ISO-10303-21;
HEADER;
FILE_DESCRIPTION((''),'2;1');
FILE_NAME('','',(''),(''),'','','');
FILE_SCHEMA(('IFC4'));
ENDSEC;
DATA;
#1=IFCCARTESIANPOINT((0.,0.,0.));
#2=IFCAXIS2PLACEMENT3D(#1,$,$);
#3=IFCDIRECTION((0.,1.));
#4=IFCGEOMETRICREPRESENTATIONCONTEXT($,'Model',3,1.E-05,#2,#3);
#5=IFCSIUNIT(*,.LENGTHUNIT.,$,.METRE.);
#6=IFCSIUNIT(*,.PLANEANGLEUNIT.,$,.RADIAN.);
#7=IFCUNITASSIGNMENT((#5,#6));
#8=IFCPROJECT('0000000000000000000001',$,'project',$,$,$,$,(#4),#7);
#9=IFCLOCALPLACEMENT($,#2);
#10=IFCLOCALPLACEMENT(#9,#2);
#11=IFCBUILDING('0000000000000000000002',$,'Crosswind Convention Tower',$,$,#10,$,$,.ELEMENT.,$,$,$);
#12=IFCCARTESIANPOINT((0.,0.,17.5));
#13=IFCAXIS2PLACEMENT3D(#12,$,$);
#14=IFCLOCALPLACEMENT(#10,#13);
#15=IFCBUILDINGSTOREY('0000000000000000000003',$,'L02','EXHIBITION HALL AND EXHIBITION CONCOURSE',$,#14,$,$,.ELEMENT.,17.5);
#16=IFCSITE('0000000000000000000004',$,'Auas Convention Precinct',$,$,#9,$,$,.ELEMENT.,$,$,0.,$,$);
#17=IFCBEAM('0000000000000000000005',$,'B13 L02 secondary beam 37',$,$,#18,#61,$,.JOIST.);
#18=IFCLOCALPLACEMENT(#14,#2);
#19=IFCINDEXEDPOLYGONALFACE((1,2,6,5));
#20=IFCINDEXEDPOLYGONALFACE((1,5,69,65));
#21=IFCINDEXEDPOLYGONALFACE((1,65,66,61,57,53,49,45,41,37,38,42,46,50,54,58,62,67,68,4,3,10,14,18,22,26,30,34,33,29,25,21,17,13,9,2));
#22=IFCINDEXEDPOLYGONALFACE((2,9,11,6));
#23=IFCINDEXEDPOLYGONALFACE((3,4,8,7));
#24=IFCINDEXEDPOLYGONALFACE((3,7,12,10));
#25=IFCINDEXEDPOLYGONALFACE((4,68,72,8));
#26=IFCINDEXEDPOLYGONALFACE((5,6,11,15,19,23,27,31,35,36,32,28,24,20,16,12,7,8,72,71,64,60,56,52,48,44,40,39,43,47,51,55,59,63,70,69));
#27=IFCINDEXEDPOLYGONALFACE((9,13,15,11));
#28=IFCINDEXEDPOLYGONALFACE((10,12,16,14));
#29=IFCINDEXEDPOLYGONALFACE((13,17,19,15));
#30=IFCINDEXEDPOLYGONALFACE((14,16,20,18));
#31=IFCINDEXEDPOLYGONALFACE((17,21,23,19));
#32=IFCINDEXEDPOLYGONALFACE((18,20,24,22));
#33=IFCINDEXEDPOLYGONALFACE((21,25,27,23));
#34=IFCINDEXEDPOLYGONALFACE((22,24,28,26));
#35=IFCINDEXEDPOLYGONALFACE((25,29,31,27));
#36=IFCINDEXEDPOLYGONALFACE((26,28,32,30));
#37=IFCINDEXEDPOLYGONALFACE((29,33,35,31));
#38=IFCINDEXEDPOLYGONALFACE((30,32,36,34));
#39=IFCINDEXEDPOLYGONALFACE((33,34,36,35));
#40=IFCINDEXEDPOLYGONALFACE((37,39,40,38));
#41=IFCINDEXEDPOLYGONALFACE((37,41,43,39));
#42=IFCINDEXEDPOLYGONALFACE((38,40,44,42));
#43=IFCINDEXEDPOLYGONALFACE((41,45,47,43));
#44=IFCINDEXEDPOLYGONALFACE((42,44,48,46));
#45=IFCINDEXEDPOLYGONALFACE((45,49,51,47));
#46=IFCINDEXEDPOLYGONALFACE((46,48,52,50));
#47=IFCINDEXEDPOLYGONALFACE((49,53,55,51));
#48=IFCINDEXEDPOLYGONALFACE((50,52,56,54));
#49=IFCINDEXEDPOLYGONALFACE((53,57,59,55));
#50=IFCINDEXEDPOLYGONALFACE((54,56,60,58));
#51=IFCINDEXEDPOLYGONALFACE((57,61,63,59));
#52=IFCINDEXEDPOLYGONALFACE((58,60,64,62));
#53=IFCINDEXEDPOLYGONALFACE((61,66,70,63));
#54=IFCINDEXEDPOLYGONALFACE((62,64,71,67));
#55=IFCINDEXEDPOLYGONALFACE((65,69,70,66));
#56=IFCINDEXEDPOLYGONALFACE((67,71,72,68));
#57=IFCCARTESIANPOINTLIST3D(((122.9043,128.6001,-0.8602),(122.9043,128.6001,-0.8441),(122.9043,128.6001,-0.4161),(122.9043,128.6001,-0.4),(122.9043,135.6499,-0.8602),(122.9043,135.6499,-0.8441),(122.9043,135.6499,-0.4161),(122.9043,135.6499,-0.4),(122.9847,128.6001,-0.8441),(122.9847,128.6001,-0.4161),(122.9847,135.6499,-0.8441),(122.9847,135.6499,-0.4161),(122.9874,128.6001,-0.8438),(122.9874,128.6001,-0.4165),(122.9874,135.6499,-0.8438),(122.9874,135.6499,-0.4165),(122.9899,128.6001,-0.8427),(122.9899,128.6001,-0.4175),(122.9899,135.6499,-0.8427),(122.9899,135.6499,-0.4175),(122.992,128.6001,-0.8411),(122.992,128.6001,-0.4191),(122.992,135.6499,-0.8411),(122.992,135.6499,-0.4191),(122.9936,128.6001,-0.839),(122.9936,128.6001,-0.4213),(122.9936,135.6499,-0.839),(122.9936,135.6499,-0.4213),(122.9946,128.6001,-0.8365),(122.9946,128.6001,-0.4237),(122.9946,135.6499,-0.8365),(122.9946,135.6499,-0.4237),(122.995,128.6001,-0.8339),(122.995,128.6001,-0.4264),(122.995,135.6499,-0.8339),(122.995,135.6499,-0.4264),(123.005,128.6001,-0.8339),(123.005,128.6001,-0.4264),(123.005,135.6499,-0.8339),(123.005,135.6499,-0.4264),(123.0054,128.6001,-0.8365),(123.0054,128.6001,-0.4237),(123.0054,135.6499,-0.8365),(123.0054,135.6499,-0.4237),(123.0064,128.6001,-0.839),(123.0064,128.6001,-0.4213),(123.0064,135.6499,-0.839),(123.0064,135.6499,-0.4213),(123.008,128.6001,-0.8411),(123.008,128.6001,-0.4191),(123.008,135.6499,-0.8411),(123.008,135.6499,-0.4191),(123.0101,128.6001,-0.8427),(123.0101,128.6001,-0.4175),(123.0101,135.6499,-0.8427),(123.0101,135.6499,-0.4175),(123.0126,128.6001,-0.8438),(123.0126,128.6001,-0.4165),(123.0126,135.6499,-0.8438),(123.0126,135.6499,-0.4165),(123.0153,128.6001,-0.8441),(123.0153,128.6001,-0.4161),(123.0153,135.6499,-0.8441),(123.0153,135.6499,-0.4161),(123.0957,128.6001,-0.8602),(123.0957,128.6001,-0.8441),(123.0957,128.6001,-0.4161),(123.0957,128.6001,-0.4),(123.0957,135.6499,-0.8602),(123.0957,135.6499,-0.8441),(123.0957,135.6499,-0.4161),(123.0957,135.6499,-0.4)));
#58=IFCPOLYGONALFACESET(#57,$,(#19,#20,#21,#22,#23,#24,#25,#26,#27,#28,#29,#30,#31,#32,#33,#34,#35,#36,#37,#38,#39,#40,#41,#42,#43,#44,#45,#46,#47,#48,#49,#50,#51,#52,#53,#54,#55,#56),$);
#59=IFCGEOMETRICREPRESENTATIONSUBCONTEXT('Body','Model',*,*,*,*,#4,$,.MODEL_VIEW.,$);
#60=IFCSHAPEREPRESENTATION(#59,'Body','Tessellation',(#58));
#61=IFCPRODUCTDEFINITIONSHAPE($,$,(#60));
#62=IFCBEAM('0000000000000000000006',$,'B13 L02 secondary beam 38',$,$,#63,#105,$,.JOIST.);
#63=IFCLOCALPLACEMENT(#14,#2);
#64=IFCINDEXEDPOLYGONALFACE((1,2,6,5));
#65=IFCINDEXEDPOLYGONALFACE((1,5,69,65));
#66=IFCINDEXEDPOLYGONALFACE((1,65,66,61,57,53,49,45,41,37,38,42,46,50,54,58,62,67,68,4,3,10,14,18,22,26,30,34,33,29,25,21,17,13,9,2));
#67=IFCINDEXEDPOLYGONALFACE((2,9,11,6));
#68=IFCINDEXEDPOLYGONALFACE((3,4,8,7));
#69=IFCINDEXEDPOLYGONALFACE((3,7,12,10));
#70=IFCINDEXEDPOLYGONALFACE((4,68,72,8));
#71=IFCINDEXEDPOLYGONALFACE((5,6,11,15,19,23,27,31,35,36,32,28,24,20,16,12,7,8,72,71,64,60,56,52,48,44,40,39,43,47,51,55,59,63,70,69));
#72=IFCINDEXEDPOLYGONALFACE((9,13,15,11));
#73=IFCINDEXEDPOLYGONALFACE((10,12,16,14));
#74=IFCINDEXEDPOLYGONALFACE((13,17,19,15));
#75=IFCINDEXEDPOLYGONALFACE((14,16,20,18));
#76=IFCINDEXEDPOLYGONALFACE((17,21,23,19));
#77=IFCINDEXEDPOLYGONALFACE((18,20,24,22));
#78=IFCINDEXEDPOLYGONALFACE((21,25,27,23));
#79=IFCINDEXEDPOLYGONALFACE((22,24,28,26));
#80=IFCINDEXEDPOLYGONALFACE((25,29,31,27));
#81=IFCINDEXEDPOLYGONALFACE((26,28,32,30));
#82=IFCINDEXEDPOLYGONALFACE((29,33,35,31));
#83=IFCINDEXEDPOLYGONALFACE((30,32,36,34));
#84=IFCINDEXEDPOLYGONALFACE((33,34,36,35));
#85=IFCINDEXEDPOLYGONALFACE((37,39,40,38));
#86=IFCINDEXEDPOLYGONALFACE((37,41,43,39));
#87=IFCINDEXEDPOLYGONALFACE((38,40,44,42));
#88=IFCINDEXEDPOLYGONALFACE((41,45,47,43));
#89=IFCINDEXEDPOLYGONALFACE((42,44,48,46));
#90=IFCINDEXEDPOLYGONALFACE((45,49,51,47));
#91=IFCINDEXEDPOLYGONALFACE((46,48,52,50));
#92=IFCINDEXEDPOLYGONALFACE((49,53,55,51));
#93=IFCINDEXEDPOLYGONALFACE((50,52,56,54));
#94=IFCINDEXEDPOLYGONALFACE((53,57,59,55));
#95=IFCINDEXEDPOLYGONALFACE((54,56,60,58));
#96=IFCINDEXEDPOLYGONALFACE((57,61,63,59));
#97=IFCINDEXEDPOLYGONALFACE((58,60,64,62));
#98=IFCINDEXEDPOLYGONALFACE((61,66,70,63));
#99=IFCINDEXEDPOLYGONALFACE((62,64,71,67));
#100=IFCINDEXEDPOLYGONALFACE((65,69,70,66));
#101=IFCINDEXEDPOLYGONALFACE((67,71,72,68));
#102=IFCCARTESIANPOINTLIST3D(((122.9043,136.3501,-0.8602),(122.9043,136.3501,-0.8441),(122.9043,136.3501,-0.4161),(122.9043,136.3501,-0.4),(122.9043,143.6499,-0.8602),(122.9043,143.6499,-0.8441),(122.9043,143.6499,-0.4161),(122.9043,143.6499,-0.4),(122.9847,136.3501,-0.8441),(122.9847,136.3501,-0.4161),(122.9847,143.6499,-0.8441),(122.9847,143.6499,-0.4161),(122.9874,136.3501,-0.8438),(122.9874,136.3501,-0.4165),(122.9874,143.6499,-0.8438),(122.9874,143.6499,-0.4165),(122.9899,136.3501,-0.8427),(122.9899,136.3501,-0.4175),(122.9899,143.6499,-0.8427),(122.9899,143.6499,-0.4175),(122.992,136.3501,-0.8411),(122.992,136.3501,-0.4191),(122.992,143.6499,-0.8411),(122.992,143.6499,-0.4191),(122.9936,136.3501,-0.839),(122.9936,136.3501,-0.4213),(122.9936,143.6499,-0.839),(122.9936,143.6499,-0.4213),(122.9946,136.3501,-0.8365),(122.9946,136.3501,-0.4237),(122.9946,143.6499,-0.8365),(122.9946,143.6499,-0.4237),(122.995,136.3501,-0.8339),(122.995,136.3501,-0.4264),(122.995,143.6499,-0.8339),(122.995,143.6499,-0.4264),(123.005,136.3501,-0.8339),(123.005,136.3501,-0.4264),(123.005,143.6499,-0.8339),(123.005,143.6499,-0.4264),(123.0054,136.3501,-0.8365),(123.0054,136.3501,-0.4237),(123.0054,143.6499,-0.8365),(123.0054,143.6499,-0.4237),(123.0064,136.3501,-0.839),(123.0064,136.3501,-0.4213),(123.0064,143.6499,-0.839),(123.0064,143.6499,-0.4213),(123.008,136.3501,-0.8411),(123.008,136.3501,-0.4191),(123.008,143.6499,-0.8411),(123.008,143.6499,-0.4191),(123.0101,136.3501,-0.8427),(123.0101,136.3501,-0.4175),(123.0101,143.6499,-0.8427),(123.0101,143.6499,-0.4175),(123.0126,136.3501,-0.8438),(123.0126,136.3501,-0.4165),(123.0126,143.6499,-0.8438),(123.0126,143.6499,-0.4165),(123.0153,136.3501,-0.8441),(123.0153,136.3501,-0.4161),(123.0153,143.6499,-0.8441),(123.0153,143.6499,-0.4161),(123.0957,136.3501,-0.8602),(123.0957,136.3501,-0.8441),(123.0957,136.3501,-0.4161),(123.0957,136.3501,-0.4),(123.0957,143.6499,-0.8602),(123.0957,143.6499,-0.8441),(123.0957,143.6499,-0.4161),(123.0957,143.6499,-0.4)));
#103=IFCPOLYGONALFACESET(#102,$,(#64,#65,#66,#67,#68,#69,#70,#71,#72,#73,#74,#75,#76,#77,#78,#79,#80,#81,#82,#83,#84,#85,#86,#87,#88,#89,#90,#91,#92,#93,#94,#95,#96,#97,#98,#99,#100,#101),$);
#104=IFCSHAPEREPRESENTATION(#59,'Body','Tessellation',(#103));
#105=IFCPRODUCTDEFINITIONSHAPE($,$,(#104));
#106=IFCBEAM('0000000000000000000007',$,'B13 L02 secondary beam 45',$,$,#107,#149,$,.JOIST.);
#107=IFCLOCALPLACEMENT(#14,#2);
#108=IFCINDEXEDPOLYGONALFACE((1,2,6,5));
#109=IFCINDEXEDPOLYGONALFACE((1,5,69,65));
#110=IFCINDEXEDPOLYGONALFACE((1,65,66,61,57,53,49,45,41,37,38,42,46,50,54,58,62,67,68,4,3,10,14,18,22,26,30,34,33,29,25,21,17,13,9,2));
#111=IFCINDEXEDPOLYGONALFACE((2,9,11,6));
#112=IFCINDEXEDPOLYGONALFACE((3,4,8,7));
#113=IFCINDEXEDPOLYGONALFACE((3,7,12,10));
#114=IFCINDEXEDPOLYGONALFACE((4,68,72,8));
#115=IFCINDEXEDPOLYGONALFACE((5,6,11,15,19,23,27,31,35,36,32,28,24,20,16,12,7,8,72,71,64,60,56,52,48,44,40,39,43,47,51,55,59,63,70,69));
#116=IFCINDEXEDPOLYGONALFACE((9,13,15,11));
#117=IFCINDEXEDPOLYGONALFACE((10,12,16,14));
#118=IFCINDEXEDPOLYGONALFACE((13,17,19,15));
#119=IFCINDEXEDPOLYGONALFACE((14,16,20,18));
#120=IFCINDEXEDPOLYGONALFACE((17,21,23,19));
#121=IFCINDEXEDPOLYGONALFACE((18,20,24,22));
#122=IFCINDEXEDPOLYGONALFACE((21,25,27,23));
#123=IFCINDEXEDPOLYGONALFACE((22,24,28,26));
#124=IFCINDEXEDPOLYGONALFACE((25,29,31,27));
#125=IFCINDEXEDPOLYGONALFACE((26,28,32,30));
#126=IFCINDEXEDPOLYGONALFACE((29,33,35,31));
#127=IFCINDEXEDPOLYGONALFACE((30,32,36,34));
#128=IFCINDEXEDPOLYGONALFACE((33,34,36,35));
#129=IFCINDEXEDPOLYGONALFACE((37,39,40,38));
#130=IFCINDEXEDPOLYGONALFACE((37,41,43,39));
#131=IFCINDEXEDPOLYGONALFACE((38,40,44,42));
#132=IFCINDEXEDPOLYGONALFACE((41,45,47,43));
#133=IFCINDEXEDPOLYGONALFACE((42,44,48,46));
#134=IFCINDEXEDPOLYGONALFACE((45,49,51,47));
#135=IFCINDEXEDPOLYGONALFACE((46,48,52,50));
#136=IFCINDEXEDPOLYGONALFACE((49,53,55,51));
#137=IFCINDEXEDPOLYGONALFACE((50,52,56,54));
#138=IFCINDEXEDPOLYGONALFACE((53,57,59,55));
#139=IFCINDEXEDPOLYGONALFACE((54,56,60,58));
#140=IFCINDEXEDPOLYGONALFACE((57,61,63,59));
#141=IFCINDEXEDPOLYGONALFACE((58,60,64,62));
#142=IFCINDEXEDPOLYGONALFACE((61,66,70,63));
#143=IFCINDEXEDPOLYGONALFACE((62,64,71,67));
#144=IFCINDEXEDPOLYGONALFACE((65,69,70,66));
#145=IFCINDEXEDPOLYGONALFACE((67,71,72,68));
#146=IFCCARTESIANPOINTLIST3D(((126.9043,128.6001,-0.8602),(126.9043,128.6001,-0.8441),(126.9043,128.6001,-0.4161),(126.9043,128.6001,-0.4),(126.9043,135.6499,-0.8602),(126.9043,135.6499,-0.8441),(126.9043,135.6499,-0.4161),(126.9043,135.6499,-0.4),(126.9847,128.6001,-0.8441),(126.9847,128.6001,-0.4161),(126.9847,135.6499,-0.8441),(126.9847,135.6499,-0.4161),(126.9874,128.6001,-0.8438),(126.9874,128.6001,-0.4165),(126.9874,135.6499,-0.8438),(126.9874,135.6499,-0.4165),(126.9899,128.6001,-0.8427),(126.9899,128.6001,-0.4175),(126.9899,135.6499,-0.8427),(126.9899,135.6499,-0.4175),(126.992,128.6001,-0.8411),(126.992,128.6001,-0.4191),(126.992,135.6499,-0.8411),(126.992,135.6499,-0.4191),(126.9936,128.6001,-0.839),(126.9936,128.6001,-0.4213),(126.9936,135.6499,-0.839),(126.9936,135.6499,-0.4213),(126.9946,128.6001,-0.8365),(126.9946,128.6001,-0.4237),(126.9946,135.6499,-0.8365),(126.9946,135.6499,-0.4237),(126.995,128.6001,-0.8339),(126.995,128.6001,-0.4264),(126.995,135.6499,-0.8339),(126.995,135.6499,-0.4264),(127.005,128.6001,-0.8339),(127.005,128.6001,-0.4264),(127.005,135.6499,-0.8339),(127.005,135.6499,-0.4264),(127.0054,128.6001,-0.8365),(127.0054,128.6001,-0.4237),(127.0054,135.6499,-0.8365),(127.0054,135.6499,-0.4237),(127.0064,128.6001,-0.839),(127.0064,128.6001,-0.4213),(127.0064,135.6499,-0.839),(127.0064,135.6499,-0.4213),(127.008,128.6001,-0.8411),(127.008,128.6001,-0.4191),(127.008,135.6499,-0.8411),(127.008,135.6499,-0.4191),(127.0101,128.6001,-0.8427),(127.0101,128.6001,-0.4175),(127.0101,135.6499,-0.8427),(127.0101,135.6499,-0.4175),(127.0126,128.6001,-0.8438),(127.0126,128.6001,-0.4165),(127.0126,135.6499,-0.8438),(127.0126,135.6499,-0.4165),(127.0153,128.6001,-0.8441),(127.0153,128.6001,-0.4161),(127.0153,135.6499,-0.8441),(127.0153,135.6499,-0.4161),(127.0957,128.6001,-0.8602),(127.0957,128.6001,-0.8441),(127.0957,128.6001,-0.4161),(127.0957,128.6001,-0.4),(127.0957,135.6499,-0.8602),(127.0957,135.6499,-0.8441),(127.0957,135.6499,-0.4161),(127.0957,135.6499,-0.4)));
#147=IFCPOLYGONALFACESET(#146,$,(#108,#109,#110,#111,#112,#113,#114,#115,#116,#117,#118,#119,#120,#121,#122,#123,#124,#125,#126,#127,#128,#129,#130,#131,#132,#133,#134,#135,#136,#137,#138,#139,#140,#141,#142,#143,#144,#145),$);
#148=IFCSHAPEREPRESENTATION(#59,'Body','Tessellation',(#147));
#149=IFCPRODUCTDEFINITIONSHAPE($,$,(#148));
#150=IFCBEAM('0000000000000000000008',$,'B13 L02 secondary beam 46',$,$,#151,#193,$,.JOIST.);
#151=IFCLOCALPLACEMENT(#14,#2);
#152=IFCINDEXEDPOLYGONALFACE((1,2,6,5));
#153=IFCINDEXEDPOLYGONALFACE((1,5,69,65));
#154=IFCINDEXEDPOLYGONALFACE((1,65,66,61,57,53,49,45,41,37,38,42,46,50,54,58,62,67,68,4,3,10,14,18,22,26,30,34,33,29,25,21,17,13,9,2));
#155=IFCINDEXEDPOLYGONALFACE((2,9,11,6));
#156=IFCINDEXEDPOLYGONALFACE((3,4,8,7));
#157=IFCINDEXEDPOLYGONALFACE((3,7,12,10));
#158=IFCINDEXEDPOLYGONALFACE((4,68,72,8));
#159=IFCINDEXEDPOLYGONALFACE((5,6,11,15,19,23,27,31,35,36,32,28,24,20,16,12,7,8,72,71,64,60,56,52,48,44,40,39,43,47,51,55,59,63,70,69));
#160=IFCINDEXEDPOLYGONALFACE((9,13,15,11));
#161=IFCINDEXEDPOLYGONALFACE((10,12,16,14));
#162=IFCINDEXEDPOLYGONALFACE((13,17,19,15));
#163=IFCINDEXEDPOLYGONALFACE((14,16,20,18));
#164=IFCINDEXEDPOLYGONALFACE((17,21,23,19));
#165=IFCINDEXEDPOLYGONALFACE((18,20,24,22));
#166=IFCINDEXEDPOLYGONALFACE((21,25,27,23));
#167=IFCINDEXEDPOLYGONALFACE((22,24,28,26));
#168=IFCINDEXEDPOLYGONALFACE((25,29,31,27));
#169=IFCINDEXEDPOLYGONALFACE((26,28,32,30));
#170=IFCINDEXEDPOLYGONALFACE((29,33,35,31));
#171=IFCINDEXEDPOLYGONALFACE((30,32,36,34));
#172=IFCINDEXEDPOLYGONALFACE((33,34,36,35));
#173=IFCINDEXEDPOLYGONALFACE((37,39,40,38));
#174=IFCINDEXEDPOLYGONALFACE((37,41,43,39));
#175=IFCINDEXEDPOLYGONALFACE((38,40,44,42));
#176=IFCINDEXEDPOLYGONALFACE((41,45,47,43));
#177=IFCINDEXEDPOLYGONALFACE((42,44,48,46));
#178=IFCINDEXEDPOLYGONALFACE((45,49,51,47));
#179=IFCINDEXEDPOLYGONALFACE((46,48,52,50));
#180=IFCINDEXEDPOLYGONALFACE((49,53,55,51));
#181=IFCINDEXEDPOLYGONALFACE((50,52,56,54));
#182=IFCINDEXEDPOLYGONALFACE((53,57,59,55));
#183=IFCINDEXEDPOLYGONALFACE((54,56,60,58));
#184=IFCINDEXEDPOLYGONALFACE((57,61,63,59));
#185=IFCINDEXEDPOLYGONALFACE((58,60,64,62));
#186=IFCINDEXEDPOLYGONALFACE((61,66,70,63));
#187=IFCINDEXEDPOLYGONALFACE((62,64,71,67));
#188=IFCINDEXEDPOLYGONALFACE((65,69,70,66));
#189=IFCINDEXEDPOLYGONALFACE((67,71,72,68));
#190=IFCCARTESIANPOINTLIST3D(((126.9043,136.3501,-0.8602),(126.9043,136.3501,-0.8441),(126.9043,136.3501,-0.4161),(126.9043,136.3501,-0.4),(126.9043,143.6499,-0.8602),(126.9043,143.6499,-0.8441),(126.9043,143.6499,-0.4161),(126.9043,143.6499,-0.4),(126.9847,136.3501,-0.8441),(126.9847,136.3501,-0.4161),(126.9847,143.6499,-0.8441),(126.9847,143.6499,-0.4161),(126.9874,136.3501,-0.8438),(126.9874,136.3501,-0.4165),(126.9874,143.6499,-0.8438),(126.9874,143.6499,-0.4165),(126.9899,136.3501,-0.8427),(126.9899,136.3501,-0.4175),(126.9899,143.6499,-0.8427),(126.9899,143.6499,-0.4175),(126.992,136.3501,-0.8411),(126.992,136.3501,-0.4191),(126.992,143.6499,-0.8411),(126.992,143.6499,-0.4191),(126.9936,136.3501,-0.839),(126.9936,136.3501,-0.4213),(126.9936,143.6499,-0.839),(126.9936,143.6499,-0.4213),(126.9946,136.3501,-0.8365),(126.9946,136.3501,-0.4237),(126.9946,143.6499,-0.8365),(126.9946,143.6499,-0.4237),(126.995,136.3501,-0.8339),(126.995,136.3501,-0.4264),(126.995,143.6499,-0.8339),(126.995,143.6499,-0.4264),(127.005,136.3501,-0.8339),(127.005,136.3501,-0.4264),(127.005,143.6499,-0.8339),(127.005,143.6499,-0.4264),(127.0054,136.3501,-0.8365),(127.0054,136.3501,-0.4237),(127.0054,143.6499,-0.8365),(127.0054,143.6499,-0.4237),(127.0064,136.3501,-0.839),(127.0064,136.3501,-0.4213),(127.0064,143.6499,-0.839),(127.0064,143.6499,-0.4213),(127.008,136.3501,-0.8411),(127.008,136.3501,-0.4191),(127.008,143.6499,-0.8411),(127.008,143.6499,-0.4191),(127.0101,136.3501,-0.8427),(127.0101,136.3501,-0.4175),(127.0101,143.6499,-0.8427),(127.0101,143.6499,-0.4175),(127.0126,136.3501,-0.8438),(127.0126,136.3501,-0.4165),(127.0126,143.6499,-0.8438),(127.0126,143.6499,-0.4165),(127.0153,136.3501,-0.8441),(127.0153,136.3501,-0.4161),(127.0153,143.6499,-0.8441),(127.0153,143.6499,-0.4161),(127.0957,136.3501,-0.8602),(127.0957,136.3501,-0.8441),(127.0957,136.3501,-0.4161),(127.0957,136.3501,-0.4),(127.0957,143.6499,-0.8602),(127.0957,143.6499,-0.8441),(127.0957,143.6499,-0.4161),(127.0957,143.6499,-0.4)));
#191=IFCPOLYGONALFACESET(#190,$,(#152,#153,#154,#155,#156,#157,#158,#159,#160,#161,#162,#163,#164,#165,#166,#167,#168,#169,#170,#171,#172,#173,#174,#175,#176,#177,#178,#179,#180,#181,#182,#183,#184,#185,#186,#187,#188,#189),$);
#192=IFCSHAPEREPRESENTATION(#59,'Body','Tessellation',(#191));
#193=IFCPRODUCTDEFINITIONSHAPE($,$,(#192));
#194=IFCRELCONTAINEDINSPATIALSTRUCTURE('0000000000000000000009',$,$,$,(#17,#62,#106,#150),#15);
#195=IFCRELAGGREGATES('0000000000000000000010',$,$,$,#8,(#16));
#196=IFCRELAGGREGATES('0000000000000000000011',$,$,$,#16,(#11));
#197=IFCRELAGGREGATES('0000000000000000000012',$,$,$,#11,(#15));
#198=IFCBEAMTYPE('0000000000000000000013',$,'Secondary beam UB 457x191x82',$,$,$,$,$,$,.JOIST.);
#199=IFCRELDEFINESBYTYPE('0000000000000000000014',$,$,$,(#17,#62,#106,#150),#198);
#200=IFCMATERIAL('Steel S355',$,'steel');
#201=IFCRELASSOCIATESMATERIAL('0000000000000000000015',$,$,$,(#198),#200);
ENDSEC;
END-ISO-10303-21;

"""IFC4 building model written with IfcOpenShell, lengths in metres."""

from ifc_helpers import new_model, si_unit, direction, frame, origin, origin_2d, place, context, subcontext, project, spatial, i_section, extrude, material, material_profile, profile_set, type_object, element, save


model = new_model("IFC4")

# Units and contexts
model_context = context("Model", 3, precision=1e-05, world=origin(), true_north=direction((0.0, 1.0)))
body_context = subcontext(model_context, "Body", "Model", "MODEL_VIEW")
ifc_project = project(units=[si_unit("LENGTHUNIT", "METRE"), si_unit("PLANEANGLEUNIT", "RADIAN")], contexts=[model_context])

# Site, building, storey
site_placement = place(None, origin())
site = spatial("IfcSite", under=ifc_project, at=site_placement, Name="Auas Convention Precinct", CompositionType="ELEMENT", RefElevation=0.0)
building_placement = place(site_placement, origin())
building = spatial("IfcBuilding", under=site, at=building_placement, Name="Crosswind Convention Tower", CompositionType="ELEMENT")
storey_placement = place(building_placement, frame((0.0, 0.0, 17.5)))
storey = spatial("IfcBuildingStorey", under=building, at=storey_placement, Name="L02", Description="EXHIBITION HALL AND EXHIBITION CONCOURSE", CompositionType="ELEMENT", Elevation=17.5)

# Shared definitions
ifc_material_1 = material(Name="Steel S355", Category="steel")

# Beams
ifc_material_profile_1 = material_profile(ifc_material_1, i_section(OverallWidth=0.1914, OverallDepth=0.4602, WebThickness=0.01, FlangeThickness=0.0161, FilletRadius=0.0103, at=origin_2d()), Name="UB 457x191x82")
ifc_profile_set_1 = profile_set([ifc_material_profile_1], Name="Steel S355")
beam_type_1 = type_object("IfcBeamType", Name="Secondary beam UB 457x191x82", PredefinedType="JOIST", material=ifc_profile_set_1)
beam_1_placement = place(storey_placement, frame((123.0, 128.6001, -0.6301), z_axis=(0.0, 1.0, 0.0), x_axis=(-1.0, 0.0, 0.0)))
element("IfcBeam", 1, at=beam_1_placement, inside=storey, type_object=beam_type_1, Name="B13 L02 secondary beam 37", PredefinedType="JOIST", context=body_context, shape_type="SweptSolid", body=[
    extrude(i_section(OverallWidth=0.1914, OverallDepth=0.4602, WebThickness=0.01, FlangeThickness=0.0161, FilletRadius=0.0103, at=origin_2d()), origin(), (0.0, 0.0, 1.0), 7.0498),
])
beam_2_placement = place(storey_placement, frame((123.0, 136.3501, -0.6301), z_axis=(0.0, 1.0, 0.0), x_axis=(-1.0, 0.0, 0.0)))
element("IfcBeam", 2, at=beam_2_placement, inside=storey, type_object=beam_type_1, Name="B13 L02 secondary beam 38", PredefinedType="JOIST", context=body_context, shape_type="SweptSolid", body=[
    extrude(i_section(OverallWidth=0.1914, OverallDepth=0.4602, WebThickness=0.01, FlangeThickness=0.0161, FilletRadius=0.0103, at=origin_2d()), origin(), (0.0, 0.0, 1.0), 7.2998),
])
beam_3_placement = place(storey_placement, frame((127.0, 128.6001, -0.6301), z_axis=(0.0, 1.0, 0.0), x_axis=(-1.0, 0.0, 0.0)))
element("IfcBeam", 3, at=beam_3_placement, inside=storey, type_object=beam_type_1, Name="B13 L02 secondary beam 45", PredefinedType="JOIST", context=body_context, shape_type="SweptSolid", body=[
    extrude(i_section(OverallWidth=0.1914, OverallDepth=0.4602, WebThickness=0.01, FlangeThickness=0.0161, FilletRadius=0.0103, at=origin_2d()), origin(), (0.0, 0.0, 1.0), 7.0498),
])
beam_4_placement = place(storey_placement, frame((127.0, 136.3501, -0.6301), z_axis=(0.0, 1.0, 0.0), x_axis=(-1.0, 0.0, 0.0)))
element("IfcBeam", 4, at=beam_4_placement, inside=storey, type_object=beam_type_1, Name="B13 L02 secondary beam 46", PredefinedType="JOIST", context=body_context, shape_type="SweptSolid", body=[
    extrude(i_section(OverallWidth=0.1914, OverallDepth=0.4602, WebThickness=0.01, FlangeThickness=0.0161, FilletRadius=0.0103, at=origin_2d()), origin(), (0.0, 0.0, 1.0), 7.2998),
])

save(model, "model.ifc")
